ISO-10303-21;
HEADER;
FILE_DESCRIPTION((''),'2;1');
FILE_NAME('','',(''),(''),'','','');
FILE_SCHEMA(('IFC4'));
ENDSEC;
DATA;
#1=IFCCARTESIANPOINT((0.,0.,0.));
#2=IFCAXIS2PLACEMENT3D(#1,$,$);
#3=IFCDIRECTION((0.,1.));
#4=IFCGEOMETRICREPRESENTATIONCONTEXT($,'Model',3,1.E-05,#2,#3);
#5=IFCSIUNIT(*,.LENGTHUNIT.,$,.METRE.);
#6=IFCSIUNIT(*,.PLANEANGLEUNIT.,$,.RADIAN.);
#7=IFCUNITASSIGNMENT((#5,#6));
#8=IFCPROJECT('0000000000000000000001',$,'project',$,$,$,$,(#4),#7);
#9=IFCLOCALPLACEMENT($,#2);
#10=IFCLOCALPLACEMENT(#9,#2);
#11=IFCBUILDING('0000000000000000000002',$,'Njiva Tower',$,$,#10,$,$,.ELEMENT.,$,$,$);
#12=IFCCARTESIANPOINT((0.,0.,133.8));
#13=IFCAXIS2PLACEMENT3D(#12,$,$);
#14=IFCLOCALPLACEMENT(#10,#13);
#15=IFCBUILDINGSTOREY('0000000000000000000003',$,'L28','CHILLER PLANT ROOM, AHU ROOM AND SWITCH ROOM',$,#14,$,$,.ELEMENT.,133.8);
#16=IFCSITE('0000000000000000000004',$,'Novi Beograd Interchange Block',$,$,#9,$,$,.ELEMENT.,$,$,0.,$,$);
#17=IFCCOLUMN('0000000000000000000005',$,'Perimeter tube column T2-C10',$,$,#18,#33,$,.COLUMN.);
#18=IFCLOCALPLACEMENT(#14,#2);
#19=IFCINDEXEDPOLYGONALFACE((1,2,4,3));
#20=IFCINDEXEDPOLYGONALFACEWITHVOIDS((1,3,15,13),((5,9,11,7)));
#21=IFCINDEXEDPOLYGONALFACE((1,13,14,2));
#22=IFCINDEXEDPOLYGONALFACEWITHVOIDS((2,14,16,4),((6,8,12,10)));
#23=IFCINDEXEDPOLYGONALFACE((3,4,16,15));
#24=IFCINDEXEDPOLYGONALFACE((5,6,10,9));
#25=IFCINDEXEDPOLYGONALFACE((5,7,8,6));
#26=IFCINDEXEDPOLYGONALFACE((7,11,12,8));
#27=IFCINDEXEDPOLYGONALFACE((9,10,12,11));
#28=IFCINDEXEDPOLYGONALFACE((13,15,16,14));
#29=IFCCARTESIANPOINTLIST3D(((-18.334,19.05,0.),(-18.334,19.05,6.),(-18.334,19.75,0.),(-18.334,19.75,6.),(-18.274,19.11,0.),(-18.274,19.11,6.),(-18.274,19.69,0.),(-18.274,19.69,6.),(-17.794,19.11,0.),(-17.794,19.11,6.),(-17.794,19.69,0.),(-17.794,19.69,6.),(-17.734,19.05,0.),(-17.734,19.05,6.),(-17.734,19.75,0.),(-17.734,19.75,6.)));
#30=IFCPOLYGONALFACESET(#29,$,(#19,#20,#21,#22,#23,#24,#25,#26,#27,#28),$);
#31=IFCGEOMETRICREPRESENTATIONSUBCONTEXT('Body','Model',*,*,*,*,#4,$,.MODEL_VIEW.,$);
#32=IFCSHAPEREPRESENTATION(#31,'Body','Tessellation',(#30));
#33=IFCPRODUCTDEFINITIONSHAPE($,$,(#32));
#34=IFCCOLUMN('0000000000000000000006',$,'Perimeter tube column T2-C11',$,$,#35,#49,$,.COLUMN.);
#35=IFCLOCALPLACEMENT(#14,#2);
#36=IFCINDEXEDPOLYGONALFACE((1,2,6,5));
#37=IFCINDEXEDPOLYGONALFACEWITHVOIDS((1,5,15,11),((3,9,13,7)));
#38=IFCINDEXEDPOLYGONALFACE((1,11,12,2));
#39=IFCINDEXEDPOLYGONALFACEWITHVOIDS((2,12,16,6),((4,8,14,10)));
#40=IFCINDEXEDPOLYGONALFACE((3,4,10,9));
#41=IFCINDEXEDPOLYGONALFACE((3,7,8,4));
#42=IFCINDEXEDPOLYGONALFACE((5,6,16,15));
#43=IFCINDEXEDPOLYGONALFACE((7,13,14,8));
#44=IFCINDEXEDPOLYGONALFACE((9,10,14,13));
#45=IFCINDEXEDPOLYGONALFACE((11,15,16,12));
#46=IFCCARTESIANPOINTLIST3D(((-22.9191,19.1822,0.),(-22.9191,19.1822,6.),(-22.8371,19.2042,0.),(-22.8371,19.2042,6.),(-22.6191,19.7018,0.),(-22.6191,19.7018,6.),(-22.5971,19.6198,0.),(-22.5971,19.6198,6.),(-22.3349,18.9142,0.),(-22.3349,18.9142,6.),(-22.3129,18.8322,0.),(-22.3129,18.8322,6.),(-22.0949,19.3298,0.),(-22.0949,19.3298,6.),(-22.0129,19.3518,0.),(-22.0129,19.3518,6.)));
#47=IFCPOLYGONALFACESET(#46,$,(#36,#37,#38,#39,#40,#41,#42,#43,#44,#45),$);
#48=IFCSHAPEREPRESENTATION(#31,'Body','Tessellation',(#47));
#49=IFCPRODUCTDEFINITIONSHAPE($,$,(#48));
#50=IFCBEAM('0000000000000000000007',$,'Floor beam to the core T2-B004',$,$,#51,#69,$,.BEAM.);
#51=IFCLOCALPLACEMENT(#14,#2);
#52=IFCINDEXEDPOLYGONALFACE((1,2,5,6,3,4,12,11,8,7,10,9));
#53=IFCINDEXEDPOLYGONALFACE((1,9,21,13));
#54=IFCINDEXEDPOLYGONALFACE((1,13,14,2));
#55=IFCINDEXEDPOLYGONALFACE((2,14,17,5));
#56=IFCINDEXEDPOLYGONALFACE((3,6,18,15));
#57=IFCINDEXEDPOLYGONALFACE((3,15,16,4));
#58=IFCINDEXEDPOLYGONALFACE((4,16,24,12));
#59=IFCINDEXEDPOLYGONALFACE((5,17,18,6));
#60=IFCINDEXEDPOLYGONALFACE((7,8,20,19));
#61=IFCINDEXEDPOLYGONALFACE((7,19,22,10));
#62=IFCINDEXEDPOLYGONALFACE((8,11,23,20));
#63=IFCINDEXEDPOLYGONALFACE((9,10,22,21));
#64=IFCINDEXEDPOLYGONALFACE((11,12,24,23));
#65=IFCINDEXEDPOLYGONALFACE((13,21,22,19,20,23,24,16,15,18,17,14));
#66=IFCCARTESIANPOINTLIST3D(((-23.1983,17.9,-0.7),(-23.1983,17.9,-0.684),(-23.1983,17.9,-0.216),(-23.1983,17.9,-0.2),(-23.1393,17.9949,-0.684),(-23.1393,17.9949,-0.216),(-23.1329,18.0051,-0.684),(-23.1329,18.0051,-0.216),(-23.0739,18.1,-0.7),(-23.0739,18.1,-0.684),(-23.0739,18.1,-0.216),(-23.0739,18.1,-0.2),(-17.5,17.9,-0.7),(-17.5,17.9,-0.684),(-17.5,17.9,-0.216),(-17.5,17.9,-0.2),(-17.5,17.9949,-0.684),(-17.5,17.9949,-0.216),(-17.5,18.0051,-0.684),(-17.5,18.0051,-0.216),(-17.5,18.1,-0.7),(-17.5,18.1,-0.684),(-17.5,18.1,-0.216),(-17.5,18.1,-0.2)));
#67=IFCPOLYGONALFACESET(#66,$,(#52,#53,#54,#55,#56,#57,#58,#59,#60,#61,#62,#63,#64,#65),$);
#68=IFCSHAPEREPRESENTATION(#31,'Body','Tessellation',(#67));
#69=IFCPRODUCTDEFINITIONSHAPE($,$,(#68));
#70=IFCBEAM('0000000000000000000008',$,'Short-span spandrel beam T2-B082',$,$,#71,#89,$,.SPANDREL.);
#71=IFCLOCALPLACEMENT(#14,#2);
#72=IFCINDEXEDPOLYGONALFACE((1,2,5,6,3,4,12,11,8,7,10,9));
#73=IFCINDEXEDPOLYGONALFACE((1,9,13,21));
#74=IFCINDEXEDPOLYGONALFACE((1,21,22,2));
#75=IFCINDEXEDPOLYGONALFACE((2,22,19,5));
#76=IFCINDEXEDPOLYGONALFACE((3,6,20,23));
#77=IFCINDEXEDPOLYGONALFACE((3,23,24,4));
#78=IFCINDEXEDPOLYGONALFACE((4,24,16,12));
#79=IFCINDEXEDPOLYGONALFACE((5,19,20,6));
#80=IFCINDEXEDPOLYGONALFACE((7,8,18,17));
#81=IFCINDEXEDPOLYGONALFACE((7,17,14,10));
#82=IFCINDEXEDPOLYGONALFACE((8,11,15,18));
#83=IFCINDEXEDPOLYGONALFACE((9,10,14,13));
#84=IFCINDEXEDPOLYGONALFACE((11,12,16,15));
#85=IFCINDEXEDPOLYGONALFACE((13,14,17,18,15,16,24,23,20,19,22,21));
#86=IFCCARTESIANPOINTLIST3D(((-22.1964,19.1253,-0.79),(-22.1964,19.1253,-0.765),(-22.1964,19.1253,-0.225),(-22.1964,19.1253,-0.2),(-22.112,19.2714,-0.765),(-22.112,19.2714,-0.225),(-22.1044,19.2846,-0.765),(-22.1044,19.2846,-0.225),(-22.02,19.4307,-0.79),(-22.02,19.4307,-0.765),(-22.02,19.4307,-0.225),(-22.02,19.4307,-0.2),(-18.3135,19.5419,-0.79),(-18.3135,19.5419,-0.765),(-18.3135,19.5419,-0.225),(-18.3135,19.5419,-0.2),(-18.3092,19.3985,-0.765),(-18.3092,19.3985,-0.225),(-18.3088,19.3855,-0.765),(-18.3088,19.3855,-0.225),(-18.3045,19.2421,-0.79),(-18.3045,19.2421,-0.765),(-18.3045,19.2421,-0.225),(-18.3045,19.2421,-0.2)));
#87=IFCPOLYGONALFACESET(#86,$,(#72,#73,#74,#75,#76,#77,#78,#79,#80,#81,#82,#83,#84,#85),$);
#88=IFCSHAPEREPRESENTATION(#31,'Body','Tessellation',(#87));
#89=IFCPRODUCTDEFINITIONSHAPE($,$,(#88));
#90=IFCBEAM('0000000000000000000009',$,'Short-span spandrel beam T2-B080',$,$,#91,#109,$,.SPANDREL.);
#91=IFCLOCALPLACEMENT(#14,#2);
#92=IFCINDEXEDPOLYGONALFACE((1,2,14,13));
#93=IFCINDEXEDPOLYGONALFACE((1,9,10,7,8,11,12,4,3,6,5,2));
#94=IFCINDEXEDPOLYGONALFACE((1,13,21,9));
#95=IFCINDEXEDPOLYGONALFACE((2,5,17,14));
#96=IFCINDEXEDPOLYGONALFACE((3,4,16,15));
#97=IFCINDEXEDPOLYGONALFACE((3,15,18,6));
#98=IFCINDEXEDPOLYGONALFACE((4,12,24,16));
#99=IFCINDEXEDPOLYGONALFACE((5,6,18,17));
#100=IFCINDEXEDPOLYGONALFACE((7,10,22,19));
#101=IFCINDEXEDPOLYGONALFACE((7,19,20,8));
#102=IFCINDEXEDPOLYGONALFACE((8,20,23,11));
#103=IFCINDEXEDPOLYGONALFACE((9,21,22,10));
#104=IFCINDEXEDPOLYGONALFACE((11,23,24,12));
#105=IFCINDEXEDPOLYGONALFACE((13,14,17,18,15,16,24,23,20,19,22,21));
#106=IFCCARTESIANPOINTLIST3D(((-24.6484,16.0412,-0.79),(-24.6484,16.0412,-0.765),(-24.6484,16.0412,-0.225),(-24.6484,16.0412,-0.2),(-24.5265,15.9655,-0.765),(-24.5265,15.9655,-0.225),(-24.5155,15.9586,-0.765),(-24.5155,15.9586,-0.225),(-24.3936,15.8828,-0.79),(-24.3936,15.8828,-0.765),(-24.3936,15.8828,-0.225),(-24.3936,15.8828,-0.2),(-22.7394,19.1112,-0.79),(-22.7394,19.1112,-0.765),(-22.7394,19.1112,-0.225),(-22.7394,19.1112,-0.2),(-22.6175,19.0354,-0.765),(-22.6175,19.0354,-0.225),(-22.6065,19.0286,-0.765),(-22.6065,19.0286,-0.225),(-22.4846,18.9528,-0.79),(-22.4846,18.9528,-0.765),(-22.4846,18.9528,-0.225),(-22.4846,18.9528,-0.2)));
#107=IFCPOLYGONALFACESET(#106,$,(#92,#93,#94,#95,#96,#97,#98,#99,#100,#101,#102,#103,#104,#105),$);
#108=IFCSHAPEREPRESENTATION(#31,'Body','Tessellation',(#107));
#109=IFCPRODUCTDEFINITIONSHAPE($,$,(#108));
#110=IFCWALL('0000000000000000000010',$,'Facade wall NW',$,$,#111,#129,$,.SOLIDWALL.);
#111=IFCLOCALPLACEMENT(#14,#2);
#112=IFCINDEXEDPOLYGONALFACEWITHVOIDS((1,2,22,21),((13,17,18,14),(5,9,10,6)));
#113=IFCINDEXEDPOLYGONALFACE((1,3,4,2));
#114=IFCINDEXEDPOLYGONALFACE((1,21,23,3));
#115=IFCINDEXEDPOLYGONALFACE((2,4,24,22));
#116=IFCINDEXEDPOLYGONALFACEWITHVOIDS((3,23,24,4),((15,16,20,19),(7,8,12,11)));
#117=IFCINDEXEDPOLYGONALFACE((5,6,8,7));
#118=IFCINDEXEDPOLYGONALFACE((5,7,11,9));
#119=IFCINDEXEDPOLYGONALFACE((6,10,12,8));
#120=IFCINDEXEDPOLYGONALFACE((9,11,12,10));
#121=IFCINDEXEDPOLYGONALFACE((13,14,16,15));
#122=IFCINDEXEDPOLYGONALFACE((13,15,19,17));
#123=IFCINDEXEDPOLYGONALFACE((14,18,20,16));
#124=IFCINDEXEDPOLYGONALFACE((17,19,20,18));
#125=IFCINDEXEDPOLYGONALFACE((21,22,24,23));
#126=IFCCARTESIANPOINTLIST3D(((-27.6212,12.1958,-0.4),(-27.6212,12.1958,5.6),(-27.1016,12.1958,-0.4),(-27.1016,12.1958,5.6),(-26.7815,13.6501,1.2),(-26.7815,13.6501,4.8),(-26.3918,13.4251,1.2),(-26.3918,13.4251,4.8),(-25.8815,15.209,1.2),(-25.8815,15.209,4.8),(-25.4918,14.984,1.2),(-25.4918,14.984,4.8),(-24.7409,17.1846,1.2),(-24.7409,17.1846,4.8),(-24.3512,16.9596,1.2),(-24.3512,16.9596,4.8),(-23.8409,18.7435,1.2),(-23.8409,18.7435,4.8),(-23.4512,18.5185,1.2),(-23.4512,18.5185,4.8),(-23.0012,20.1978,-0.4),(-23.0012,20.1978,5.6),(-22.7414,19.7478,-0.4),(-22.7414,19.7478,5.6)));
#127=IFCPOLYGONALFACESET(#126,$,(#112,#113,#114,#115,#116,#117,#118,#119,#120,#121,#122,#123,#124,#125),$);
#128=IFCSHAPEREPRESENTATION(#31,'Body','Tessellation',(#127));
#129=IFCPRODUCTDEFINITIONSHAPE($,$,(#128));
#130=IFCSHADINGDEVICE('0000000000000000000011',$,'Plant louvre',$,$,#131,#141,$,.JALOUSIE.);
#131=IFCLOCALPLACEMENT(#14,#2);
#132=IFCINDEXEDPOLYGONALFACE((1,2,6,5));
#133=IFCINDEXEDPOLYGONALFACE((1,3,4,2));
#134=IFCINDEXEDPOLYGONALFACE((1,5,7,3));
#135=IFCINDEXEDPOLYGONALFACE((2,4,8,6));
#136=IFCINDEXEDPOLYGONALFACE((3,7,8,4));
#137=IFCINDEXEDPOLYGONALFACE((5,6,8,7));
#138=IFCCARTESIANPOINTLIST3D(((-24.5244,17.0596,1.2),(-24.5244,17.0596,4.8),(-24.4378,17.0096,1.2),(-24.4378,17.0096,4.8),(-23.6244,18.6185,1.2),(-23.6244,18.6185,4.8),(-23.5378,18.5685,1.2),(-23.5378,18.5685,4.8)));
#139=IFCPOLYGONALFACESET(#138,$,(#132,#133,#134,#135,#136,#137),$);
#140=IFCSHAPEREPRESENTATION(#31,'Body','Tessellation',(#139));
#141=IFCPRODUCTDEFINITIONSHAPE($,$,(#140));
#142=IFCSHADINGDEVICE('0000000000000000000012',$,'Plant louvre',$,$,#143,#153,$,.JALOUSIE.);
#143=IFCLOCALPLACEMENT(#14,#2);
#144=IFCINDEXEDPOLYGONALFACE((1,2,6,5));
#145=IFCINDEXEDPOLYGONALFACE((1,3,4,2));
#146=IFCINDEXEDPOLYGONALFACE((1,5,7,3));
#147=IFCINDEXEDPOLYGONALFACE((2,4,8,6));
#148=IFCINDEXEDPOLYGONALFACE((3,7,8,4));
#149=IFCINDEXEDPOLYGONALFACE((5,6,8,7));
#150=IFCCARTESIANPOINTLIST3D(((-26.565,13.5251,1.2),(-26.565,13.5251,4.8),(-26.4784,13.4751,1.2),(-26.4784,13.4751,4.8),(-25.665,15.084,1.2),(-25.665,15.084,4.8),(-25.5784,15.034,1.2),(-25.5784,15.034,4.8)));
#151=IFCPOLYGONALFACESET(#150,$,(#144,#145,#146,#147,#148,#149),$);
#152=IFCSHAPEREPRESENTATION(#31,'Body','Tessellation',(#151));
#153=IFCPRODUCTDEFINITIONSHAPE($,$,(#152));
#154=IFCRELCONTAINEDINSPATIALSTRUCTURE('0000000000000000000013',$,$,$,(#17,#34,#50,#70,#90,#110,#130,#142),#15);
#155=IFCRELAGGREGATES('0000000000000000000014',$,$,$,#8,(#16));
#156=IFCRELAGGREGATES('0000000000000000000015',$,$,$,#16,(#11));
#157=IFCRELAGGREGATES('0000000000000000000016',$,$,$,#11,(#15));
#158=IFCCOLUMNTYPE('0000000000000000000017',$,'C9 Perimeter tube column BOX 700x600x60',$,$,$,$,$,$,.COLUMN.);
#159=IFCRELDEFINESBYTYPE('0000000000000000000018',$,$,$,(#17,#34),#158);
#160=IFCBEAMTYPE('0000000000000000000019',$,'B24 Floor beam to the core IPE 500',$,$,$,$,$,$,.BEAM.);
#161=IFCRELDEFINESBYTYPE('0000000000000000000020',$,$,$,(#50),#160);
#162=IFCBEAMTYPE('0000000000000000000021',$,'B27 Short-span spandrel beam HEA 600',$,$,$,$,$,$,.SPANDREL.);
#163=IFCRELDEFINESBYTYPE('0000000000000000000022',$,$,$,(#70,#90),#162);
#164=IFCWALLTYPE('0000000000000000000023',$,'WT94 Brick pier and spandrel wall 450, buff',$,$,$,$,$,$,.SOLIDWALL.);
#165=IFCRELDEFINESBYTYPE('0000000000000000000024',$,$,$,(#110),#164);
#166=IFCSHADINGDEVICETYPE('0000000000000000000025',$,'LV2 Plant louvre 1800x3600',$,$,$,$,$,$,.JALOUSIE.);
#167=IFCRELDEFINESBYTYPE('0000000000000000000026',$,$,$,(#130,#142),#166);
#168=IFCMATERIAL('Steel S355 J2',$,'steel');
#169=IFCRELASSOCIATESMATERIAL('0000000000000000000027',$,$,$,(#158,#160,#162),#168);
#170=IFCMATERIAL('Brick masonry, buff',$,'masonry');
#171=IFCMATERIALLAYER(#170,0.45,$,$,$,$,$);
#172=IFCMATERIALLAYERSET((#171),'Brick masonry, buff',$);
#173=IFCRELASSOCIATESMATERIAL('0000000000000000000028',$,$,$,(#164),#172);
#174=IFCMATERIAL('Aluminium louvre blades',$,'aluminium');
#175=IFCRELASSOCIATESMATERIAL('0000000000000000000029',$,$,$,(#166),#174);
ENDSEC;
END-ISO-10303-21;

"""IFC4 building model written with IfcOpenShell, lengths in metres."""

from ifc_helpers import new_model, si_unit, direction, frame, frame_2d, origin, origin_2d, place, context, subcontext, project, spatial, polyline, rectangle, hollow_rectangle, i_section, outline, extrude, clip, halfspace, material, layer, layer_set, material_profile, profile_set, type_object, element, fill, save


model = new_model("IFC4")

# Units and contexts
model_context = context("Model", 3, precision=1e-05, world=origin(), true_north=direction((0.0, 1.0)))
body_context = subcontext(model_context, "Body", "Model", "MODEL_VIEW")
ifc_project = project(units=[si_unit("LENGTHUNIT", "METRE"), si_unit("PLANEANGLEUNIT", "RADIAN")], contexts=[model_context])

# Site, building, storey
site_placement = place(None, origin())
site = spatial("IfcSite", under=ifc_project, at=site_placement, Name="Novi Beograd Interchange Block", CompositionType="ELEMENT", RefElevation=0.0)
building_placement = place(site_placement, origin())
building = spatial("IfcBuilding", under=site, at=building_placement, Name="Njiva Tower", CompositionType="ELEMENT")
storey_placement = place(building_placement, frame((0.0, 0.0, 133.8)))
storey = spatial("IfcBuildingStorey", under=building, at=storey_placement, Name="L28", Description="CHILLER PLANT ROOM, AHU ROOM AND SWITCH ROOM", CompositionType="ELEMENT", Elevation=133.8)

# Columns
ifc_material_1 = material(Name="Steel S355 J2", Category="steel")
ifc_material_profile_1 = material_profile(ifc_material_1, hollow_rectangle(XDim=0.6, YDim=0.7, WallThickness=0.06, at=origin_2d()), Name="BOX 700x600x60")
ifc_profile_set_1 = profile_set([ifc_material_profile_1], Name="Steel S355 J2")
column_type = type_object("IfcColumnType", Name="C9 Perimeter tube column BOX 700x600x60", PredefinedType="COLUMN", material=ifc_profile_set_1)
for number, where, z_axis, x_axis, name in (
    (1, (-18.034, 19.4, 0.0), (0.0, 0.0, 1.0), (-1.0, 0.0, 0.0), "Perimeter tube column T2-C10"),
    (2, (-22.466, 19.267, 0.0), (0.0, 0.0, 1.0), (-0.5, -0.866025, 0.0), "Perimeter tube column T2-C11"),
):
    element("IfcColumn", number, at=place(storey_placement, frame(where, z_axis=z_axis, x_axis=x_axis)), inside=storey, type_object=column_type, Name=name, PredefinedType="COLUMN", context=body_context, shape_type="SweptSolid", body=[
        extrude(hollow_rectangle(XDim=0.6, YDim=0.7, WallThickness=0.06, at=origin_2d()), origin(), (0.0, 0.0, 1.0), 6.0),
    ])

# Beams
ifc_material_profile_2 = material_profile(ifc_material_1, i_section(OverallWidth=0.2, OverallDepth=0.5, WebThickness=0.0102, FlangeThickness=0.016, at=origin_2d()), Name="IPE 500")
ifc_profile_set_2 = profile_set([ifc_material_profile_2], Name="Steel S355 J2")
beam_type_1 = type_object("IfcBeamType", Name="B24 Floor beam to the core IPE 500", PredefinedType="BEAM", material=ifc_profile_set_2)
beam_1_placement = place(storey_placement, frame((-23.218, 18.0, -0.45), z_axis=(1.0, 0.0, 0.0), x_axis=(0.0, 1.0, 0.0)))
element("IfcBeam", 3, at=beam_1_placement, inside=storey, type_object=beam_type_1, Name="Floor beam to the core T2-B004", PredefinedType="BEAM", context=body_context, shape_type="Clipping", body=[
    clip(extrude(i_section(OverallWidth=0.2, OverallDepth=0.5, WebThickness=0.0102, FlangeThickness=0.016, at=origin_2d()), origin(), (0.0, 0.0, 1.0), 5.718), halfspace(frame((0.0264, 0.0, 0.0983), z_axis=(0.52796, 0.0, -0.849269), x_axis=(0.0, -1.0, 0.0)), False)),
])
ifc_material_profile_3 = material_profile(ifc_material_1, i_section(OverallWidth=0.3, OverallDepth=0.59, WebThickness=0.013, FlangeThickness=0.025, at=origin_2d()), Name="HEA 600")
ifc_profile_set_3 = profile_set([ifc_material_profile_3], Name="Steel S355 J2")
beam_type_2 = type_object("IfcBeamType", Name="B27 Short-span spandrel beam HEA 600", PredefinedType="SPANDREL", material=ifc_profile_set_3)
beam_2_placement = place(storey_placement, frame((-18.309, 19.392, -0.495), z_axis=(-0.99955, -0.029994, 0.0), x_axis=(0.029994, -0.99955, 0.0)))
element("IfcBeam", 4, at=beam_2_placement, inside=storey, type_object=beam_type_2, Name="Short-span spandrel beam T2-B082", PredefinedType="SPANDREL", context=body_context, shape_type="Clipping", body=[
    clip(extrude(i_section(OverallWidth=0.3, OverallDepth=0.59, WebThickness=0.013, FlangeThickness=0.025, at=origin_2d()), origin(), (0.0, 0.0, 1.0), 3.9137), halfspace(frame((-0.0259, 0.0, 3.7849), z_axis=(-0.525749, 0.0, 0.85064), x_axis=(0.0, 1.0, 0.0)), False)),
])
beam_3_placement = place(storey_placement, frame((-22.612, 19.032, -0.495), z_axis=(-0.528058, -0.849208, 0.0), x_axis=(0.849208, -0.528058, 0.0)))
element("IfcBeam", 5, at=beam_3_placement, inside=storey, type_object=beam_type_2, Name="Short-span spandrel beam T2-B080", PredefinedType="SPANDREL", context=body_context, shape_type="SweptSolid", body=[
    extrude(i_section(OverallWidth=0.3, OverallDepth=0.59, WebThickness=0.013, FlangeThickness=0.025, at=origin_2d()), origin(), (0.0, 0.0, 1.0), 3.6151),
])

# Wall, openings, shading devices
ifc_material_2 = material(Name="Brick masonry, buff", Category="masonry")
ifc_layer = layer(ifc_material_2, 0.45)
ifc_layer_set = layer_set([ifc_layer], Name="Brick masonry, buff")
wall_type = type_object("IfcWallType", Name="WT94 Brick pier and spandrel wall 450, buff", PredefinedType="SOLIDWALL", material=ifc_layer_set)
wall_placement = place(storey_placement, frame((-22.8713, 19.9728, -0.4), z_axis=(0.0, 0.0, 1.0), x_axis=(-0.500004, -0.866023, 0.0)))
wall = element("IfcWall", 6, at=wall_placement, inside=storey, type_object=wall_type, Name="Facade wall NW", PredefinedType="SOLIDWALL", context=body_context, shape_type="SweptSolid", body=[
    extrude(outline(polyline([(-0.1299, -0.225), (9.11, -0.225), (8.8502, 0.225), (0.1299, 0.225), (-0.1299, -0.225)])), origin(), (0.0, 0.0, 1.0), 6.0),
])
opening_1_placement = place(wall_placement, frame((1.5494, 0.0, 1.6)))
opening_1 = element("IfcOpeningElement", 7, at=opening_1_placement, cuts=wall, PredefinedType="OPENING", context=body_context, shape_type="SweptSolid", body=[
    extrude(rectangle(XDim=1.8, YDim=3.6, at=frame_2d((0.9, 1.8))), frame((0.0, 0.235, 0.0), z_axis=(0.0, -1.0, 0.0), x_axis=(1.0, 0.0, 0.0)), (0.0, 0.0, 1.0), 0.47),
])
opening_2_placement = place(wall_placement, frame((5.6307, 0.0, 1.6)))
opening_2 = element("IfcOpeningElement", 8, at=opening_2_placement, cuts=wall, PredefinedType="OPENING", context=body_context, shape_type="SweptSolid", body=[
    extrude(rectangle(XDim=1.8, YDim=3.6, at=frame_2d((0.9, 1.8))), frame((0.0, 0.235, 0.0), z_axis=(0.0, -1.0, 0.0), x_axis=(1.0, 0.0, 0.0)), (0.0, 0.0, 1.0), 0.47),
])
ifc_material_3 = material(Name="Aluminium louvre blades", Category="aluminium")
shading_device_type = type_object("IfcShadingDeviceType", Name="LV2 Plant louvre 1800x3600", PredefinedType="JALOUSIE", material=ifc_material_3)
shading_device_1_placement = place(opening_1_placement, origin())
shading_device_1 = element("IfcShadingDevice", 9, at=shading_device_1_placement, inside=storey, type_object=shading_device_type, Name="Plant louvre", PredefinedType="JALOUSIE", context=body_context, shape_type="SweptSolid", body=[
    extrude(rectangle(XDim=1.8, YDim=3.6, at=frame_2d((0.9, 1.8))), frame((0.0, 0.125, 0.0), z_axis=(0.0, -1.0, 0.0), x_axis=(1.0, 0.0, 0.0)), (0.0, 0.0, 1.0), 0.1),
])
fill(opening_1, shading_device_1)
shading_device_2_placement = place(opening_2_placement, origin())
shading_device_2 = element("IfcShadingDevice", 10, at=shading_device_2_placement, inside=storey, type_object=shading_device_type, Name="Plant louvre", PredefinedType="JALOUSIE", context=body_context, shape_type="SweptSolid", body=[
    extrude(rectangle(XDim=1.8, YDim=3.6, at=frame_2d((0.9, 1.8))), frame((0.0, 0.125, 0.0), z_axis=(0.0, -1.0, 0.0), x_axis=(1.0, 0.0, 0.0)), (0.0, 0.0, 1.0), 0.1),
])
fill(opening_2, shading_device_2)

save(model, "model.ifc")
